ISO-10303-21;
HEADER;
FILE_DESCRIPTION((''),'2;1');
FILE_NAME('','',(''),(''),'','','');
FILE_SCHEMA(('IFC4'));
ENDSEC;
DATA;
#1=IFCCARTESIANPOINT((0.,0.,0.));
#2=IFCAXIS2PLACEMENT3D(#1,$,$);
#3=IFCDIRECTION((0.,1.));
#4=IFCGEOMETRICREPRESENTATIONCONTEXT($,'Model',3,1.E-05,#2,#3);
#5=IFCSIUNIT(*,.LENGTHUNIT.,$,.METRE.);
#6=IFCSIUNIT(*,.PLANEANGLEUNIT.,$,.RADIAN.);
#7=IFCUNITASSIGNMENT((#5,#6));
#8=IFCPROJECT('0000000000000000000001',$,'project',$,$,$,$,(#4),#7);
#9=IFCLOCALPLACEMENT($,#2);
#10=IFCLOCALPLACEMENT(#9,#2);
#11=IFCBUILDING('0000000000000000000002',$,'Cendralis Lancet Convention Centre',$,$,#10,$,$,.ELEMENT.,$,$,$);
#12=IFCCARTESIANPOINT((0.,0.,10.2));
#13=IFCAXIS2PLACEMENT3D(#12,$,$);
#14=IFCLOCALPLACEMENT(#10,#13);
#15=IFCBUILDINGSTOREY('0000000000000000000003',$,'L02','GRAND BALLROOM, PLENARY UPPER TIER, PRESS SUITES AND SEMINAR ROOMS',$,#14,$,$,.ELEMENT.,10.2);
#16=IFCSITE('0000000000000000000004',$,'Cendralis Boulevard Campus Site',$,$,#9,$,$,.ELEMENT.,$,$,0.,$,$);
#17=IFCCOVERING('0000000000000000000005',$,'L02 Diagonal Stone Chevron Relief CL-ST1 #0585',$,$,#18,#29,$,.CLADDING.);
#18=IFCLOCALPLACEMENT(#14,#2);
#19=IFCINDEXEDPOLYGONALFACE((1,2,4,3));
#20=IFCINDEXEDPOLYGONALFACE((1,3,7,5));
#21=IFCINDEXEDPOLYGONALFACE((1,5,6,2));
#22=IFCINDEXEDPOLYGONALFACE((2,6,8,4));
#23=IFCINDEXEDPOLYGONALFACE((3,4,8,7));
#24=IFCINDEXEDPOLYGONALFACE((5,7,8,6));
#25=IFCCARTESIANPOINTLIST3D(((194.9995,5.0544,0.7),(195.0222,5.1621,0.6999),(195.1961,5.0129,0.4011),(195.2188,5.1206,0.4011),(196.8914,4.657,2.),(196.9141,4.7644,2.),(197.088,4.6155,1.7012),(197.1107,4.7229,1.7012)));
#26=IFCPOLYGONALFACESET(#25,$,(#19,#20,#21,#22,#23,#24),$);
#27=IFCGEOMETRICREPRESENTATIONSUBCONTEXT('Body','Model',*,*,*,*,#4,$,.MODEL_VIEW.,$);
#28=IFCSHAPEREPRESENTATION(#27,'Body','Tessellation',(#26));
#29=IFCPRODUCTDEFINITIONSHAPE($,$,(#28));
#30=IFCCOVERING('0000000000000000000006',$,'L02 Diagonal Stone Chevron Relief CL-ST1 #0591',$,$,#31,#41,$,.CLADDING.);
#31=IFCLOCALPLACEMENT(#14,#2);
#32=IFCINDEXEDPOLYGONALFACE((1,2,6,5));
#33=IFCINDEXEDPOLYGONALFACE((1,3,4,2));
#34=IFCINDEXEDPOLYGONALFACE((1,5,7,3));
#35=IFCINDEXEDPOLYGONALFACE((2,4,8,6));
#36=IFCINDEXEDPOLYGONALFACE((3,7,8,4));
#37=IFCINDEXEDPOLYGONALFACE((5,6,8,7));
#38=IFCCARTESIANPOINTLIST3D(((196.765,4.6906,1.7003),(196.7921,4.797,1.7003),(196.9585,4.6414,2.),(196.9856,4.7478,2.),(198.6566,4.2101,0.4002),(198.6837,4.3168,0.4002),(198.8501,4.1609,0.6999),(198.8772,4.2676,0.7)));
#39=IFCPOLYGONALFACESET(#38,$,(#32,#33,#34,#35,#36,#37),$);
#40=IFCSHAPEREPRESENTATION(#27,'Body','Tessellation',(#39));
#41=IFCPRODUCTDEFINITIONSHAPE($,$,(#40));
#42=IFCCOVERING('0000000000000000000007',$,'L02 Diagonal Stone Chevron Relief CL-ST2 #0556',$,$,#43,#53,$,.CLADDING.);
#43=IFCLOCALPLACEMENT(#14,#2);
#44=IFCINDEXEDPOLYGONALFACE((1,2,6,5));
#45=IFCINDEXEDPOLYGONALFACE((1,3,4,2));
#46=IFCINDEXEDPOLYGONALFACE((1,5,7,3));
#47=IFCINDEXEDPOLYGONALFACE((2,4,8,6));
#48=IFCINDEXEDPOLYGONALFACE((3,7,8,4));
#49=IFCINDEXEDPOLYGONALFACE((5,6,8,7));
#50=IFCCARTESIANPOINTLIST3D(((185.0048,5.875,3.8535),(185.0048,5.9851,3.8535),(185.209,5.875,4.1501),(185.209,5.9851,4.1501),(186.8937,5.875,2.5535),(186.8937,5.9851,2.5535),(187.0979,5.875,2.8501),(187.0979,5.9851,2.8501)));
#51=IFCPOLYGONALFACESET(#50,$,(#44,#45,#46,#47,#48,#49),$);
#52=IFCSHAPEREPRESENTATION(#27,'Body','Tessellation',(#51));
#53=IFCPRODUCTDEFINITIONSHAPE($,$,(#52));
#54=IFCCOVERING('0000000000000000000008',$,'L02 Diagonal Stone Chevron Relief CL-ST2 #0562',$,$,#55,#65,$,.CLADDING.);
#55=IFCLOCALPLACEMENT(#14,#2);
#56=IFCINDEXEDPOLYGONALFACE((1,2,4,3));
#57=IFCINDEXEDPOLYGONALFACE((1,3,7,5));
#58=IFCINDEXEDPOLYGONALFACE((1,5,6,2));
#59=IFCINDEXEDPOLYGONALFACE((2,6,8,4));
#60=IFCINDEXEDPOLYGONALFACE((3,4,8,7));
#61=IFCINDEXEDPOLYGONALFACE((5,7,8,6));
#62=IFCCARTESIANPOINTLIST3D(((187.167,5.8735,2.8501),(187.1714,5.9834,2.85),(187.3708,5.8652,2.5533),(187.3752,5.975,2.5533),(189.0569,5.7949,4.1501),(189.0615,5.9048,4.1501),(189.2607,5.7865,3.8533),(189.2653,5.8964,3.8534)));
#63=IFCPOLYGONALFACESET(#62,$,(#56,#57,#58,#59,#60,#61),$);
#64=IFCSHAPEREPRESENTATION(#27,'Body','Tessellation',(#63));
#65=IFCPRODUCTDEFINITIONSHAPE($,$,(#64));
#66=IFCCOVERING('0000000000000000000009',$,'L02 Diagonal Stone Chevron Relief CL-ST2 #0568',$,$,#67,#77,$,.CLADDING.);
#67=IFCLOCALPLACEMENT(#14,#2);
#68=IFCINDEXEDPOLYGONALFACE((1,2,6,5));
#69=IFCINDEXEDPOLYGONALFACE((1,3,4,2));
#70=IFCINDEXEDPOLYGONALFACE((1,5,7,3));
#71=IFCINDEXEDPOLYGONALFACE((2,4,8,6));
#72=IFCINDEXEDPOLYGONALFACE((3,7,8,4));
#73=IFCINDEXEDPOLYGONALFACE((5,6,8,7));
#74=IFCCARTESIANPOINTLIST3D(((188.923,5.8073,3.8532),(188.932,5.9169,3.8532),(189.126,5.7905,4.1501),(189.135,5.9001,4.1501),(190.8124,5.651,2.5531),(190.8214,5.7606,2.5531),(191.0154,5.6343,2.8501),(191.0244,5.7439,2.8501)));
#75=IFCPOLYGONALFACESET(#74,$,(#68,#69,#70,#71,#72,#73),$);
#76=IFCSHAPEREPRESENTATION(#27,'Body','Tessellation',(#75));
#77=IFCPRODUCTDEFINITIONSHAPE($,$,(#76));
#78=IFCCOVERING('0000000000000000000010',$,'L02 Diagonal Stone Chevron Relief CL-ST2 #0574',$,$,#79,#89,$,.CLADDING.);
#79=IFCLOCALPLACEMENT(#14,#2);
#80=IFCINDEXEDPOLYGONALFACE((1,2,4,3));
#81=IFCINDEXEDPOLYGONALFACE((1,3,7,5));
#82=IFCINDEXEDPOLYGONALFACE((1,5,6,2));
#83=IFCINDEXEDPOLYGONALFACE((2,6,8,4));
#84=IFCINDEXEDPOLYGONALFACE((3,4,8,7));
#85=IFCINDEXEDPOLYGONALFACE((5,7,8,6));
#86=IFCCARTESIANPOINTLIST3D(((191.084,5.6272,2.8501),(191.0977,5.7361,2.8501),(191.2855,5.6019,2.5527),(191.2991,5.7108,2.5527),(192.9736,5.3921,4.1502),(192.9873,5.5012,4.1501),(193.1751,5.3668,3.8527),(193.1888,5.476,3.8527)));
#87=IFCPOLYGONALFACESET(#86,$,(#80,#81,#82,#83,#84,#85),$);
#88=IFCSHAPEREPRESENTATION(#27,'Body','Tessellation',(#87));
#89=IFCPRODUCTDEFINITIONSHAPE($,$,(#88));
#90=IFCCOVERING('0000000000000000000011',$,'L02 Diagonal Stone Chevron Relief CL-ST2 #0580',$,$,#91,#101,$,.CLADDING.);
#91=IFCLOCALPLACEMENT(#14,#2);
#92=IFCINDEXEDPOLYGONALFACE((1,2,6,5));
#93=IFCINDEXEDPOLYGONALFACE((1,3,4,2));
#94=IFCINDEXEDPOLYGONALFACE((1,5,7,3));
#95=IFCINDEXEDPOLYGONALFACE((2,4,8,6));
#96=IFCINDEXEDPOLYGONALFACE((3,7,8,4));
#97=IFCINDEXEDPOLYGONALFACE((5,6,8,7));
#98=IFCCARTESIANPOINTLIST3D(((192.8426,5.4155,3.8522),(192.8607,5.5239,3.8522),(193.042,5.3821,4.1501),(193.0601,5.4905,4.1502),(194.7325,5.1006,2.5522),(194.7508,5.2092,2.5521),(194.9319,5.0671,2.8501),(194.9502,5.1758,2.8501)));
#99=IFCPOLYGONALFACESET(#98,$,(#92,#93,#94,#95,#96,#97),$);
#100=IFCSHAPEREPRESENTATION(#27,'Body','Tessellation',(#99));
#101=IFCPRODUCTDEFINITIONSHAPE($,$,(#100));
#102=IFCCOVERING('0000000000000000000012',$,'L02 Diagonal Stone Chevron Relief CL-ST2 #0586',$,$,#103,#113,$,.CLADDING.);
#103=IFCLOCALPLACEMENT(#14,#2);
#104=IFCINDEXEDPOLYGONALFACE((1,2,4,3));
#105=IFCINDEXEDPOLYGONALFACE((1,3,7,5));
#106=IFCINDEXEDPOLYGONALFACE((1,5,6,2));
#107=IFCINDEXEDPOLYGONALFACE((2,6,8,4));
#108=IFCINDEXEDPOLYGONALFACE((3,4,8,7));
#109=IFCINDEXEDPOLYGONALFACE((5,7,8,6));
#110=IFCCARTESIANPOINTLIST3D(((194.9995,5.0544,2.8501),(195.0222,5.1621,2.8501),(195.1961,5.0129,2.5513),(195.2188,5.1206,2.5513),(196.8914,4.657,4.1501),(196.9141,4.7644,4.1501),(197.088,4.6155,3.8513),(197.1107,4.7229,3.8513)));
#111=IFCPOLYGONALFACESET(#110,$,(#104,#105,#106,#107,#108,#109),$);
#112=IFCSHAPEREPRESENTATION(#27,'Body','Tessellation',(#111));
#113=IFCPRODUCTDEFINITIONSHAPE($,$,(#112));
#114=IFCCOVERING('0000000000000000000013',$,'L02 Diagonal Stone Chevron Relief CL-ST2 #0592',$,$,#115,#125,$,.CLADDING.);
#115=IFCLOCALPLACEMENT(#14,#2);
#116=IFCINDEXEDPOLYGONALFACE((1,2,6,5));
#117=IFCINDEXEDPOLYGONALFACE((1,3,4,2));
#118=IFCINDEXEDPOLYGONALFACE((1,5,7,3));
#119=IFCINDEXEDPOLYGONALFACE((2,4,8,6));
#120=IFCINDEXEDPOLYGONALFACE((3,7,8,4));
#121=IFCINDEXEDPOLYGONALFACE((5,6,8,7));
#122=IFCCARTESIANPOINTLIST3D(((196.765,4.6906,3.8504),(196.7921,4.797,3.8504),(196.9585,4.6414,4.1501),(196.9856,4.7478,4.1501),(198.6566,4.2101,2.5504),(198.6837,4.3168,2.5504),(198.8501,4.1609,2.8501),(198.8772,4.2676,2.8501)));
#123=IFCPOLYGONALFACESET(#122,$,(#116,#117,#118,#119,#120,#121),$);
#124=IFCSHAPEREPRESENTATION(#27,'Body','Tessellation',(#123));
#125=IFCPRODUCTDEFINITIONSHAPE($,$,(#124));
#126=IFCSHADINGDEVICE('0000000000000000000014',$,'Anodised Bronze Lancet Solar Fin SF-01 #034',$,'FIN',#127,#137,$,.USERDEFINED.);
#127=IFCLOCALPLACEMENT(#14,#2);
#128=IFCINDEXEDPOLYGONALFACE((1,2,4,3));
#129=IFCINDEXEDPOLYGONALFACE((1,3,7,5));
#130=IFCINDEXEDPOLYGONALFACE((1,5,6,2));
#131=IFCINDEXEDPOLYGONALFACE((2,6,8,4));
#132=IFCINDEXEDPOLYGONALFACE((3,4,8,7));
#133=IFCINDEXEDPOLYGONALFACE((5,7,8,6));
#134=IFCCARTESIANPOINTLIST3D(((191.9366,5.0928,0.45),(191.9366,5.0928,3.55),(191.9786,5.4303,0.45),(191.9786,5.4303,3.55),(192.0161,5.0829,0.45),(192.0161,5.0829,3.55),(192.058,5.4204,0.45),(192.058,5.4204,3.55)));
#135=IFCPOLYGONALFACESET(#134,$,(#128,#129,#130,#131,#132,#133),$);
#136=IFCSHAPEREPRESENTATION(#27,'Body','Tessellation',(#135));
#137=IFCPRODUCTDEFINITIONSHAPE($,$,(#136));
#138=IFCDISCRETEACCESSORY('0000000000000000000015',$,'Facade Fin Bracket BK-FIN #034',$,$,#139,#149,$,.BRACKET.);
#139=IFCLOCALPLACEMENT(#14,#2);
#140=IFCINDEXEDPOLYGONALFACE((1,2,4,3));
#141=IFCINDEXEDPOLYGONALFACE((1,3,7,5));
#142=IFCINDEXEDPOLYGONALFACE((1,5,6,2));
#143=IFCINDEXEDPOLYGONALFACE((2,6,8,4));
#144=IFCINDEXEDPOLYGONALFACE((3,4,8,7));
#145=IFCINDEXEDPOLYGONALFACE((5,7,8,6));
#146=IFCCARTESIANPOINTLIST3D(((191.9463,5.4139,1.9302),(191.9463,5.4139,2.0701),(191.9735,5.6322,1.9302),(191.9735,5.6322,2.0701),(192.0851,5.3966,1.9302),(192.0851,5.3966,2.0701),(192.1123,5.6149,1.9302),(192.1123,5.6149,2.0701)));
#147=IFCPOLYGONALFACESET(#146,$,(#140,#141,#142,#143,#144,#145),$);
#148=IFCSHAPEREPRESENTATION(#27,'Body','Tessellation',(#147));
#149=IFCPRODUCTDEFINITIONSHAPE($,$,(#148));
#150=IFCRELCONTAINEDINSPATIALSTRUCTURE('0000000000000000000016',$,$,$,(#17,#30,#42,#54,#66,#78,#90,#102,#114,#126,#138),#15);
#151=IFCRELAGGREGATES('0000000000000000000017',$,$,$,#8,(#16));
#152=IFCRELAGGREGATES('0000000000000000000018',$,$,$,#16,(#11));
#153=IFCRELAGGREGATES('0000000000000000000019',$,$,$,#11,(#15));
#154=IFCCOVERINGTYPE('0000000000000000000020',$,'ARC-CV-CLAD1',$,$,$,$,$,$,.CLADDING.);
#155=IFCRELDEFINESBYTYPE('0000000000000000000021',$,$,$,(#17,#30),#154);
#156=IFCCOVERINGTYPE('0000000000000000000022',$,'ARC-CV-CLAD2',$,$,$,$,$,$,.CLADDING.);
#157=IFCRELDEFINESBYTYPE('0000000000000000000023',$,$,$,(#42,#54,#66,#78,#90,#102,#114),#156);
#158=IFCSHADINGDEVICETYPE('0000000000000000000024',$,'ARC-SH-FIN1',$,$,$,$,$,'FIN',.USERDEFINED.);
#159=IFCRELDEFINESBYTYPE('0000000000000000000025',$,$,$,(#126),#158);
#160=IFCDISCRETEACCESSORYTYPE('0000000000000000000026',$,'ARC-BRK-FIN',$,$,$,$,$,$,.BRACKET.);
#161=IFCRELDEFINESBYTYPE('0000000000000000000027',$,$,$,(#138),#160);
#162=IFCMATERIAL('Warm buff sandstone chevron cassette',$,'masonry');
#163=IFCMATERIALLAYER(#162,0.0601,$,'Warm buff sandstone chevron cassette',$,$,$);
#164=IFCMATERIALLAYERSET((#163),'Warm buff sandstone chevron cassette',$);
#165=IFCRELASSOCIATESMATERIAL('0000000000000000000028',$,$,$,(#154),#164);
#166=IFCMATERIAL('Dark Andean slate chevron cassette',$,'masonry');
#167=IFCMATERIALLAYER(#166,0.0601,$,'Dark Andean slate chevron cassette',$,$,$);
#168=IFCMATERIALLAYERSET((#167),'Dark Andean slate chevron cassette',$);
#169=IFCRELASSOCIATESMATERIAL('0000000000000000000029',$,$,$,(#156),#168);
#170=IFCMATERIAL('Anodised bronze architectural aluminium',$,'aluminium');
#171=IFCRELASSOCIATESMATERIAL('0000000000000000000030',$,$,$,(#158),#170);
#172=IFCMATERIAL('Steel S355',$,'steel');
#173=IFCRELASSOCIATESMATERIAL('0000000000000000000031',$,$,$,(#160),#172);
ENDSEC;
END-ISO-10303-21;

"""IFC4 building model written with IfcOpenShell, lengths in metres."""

from ifc_helpers import new_model, si_unit, direction, frame, origin, origin_2d, place, context, subcontext, project, spatial, polyline, rectangle, outline, extrude, material, layer, layer_set, type_object, element, save


model = new_model("IFC4")

# Units and contexts
model_context = context("Model", 3, precision=1e-05, world=origin(), true_north=direction((0.0, 1.0)))
body_context = subcontext(model_context, "Body", "Model", "MODEL_VIEW")
ifc_project = project(units=[si_unit("LENGTHUNIT", "METRE"), si_unit("PLANEANGLEUNIT", "RADIAN")], contexts=[model_context])

# Site, building, storey
site_placement = place(None, origin())
site = spatial("IfcSite", under=ifc_project, at=site_placement, Name="Cendralis Boulevard Campus Site", CompositionType="ELEMENT", RefElevation=0.0)
building_placement = place(site_placement, origin())
building = spatial("IfcBuilding", under=site, at=building_placement, Name="Cendralis Lancet Convention Centre", CompositionType="ELEMENT")
storey_placement = place(building_placement, frame((0.0, 0.0, 10.2)))
storey = spatial("IfcBuildingStorey", under=building, at=storey_placement, Name="L02", Description="GRAND BALLROOM, PLENARY UPPER TIER, PRESS SUITES AND SEMINAR ROOMS", CompositionType="ELEMENT", Elevation=10.2)

# Shared definitions
ifc_material_1 = material(Name="Warm buff sandstone chevron cassette", Category="masonry")
ifc_material_2 = material(Name="Dark Andean slate chevron cassette", Category="masonry")

# Coverings
ifc_layer_1 = layer(ifc_material_1, 0.0601, Name="Warm buff sandstone chevron cassette")
ifc_layer_set_1 = layer_set([ifc_layer_1], Name="Warm buff sandstone chevron cassette")
covering_type_1 = type_object("IfcCoveringType", Name="ARC-CV-CLAD1", PredefinedType="CLADDING", material=ifc_layer_set_1)
covering_1_placement = place(storey_placement, frame((194.9995, 5.0544, 0.7), z_axis=(-0.546008, 0.115275, 0.829811), x_axis=(0.812083, -0.170612, 0.558044)))
element("IfcCovering", 1, at=covering_1_placement, inside=storey, type_object=covering_type_1, Name="L02 Diagonal Stone Chevron Relief CL-ST1 #0585", PredefinedType="CLADDING", context=body_context, shape_type="SweptSolid", body=[
    extrude(outline(polyline([(0.0, 0.0), (2.3296, 0.0), (2.3297, 0.1098), (0.0001, 0.11), (0.0, 0.0)])), origin(), (0.0, 0.0, -1.0), 0.3601),
])
covering_2_placement = place(storey_placement, frame((196.9585, 4.6414, 2.0), z_axis=(0.537292, -0.136631, 0.832255), x_axis=(0.806641, -0.204888, -0.554392)))
element("IfcCovering", 2, at=covering_2_placement, inside=storey, type_object=covering_type_1, Name="L02 Diagonal Stone Chevron Relief CL-ST1 #0591", PredefinedType="CLADDING", context=body_context, shape_type="SweptSolid", body=[
    extrude(outline(polyline([(0.0, 0.0), (2.345, 0.0), (2.345, 0.1101), (0.0001, 0.1098), (0.0, 0.0)])), origin(), (0.0, 0.0, -1.0), 0.3601),
])
ifc_layer_2 = layer(ifc_material_2, 0.0601, Name="Dark Andean slate chevron cassette")
ifc_layer_set_2 = layer_set([ifc_layer_2], Name="Dark Andean slate chevron cassette")
covering_type_2 = type_object("IfcCoveringType", Name="ARC-CV-CLAD2", PredefinedType="CLADDING", material=ifc_layer_set_2)
covering_3_placement = place(storey_placement, frame((185.209, 5.875, 4.1501), z_axis=(0.566949, 0.0, 0.823753), x_axis=(0.823753, 0.0, -0.566949)))
element("IfcCovering", 3, at=covering_3_placement, inside=storey, type_object=covering_type_2, Name="L02 Diagonal Stone Chevron Relief CL-ST2 #0556", PredefinedType="CLADDING", context=body_context, shape_type="SweptSolid", body=[
    extrude(outline(polyline([(0.0, 0.0), (2.2931, 0.0), (2.2931, 0.1101), (0.0, 0.1101), (0.0, 0.0)])), origin(), (0.0, 0.0, -1.0), 0.3601),
])
covering_4_placement = place(storey_placement, frame((187.167, 5.8735, 2.8501), z_axis=(-0.565915, 0.023265, 0.824135), x_axis=(0.823423, -0.034252, 0.566393)))
element("IfcCovering", 4, at=covering_4_placement, inside=storey, type_object=covering_type_2, Name="L02 Diagonal Stone Chevron Relief CL-ST2 #0562", PredefinedType="CLADDING", context=body_context, shape_type="SweptSolid", body=[
    extrude(outline(polyline([(0.0, 0.0), (2.2952, 0.0), (2.2953, 0.11), (-0.0001, 0.11), (0.0, 0.0)])), origin(), (0.0, 0.0, -1.0), 0.3601),
])
covering_5_placement = place(storey_placement, frame((189.126, 5.7905, 4.1501), z_axis=(0.563628, -0.046446, 0.824722), x_axis=(0.821916, -0.067971, -0.565539)))
element("IfcCovering", 5, at=covering_5_placement, inside=storey, type_object=covering_type_2, Name="L02 Diagonal Stone Chevron Relief CL-ST2 #0568", PredefinedType="CLADDING", context=body_context, shape_type="SweptSolid", body=[
    extrude(outline(polyline([(0.0, 0.0), (2.2988, 0.0), (2.2988, 0.11), (0.0, 0.11), (0.0, 0.0)])), origin(), (0.0, 0.0, -1.0), 0.3601),
])
covering_6_placement = place(storey_placement, frame((191.084, 5.6272, 2.8501), z_axis=(-0.559466, 0.070168, 0.825878), x_axis=(0.819559, -0.101968, 0.563849)))
element("IfcCovering", 6, at=covering_6_placement, inside=storey, type_object=covering_type_2, Name="L02 Diagonal Stone Chevron Relief CL-ST2 #0574", PredefinedType="CLADDING", context=body_context, shape_type="SweptSolid", body=[
    extrude(outline(polyline([(0.0, 0.0), (2.3057, 0.0), (2.3058, 0.11), (0.0001, 0.1097), (0.0, 0.0)])), origin(), (0.0, 0.0, -1.0), 0.3601),
])
covering_7_placement = place(storey_placement, frame((193.042, 5.3821, 4.1501), z_axis=(0.553739, -0.092809, 0.827502), x_axis=(0.816246, -0.136023, -0.561463)))
element("IfcCovering", 7, at=covering_7_placement, inside=storey, type_object=covering_type_2, Name="L02 Diagonal Stone Chevron Relief CL-ST2 #0580", PredefinedType="CLADDING", context=body_context, shape_type="SweptSolid", body=[
    extrude(outline(polyline([(0.0, 0.0), (2.3154, 0.0), (2.3156, 0.1102), (0.0, 0.1099), (0.0, 0.0)])), origin(), (0.0, 0.0, -1.0), 0.3601),
])
covering_8_placement = place(storey_placement, frame((194.9995, 5.0544, 2.8501), z_axis=(-0.546008, 0.115275, 0.829811), x_axis=(0.812083, -0.170612, 0.558044)))
element("IfcCovering", 8, at=covering_8_placement, inside=storey, type_object=covering_type_2, Name="L02 Diagonal Stone Chevron Relief CL-ST2 #0586", PredefinedType="CLADDING", context=body_context, shape_type="SweptSolid", body=[
    extrude(outline(polyline([(0.0, 0.0), (2.3296, 0.0), (2.3297, 0.1098), (0.0001, 0.11), (0.0, 0.0)])), origin(), (0.0, 0.0, -1.0), 0.3601),
])
covering_9_placement = place(storey_placement, frame((196.9585, 4.6414, 4.1501), z_axis=(0.537292, -0.136631, 0.832255), x_axis=(0.806641, -0.204888, -0.554392)))
element("IfcCovering", 9, at=covering_9_placement, inside=storey, type_object=covering_type_2, Name="L02 Diagonal Stone Chevron Relief CL-ST2 #0592", PredefinedType="CLADDING", context=body_context, shape_type="SweptSolid", body=[
    extrude(outline(polyline([(0.0, 0.0), (2.345, 0.0), (2.345, 0.1101), (0.0001, 0.1098), (0.0, 0.0)])), origin(), (0.0, 0.0, -1.0), 0.3601),
])

# Shading device
ifc_material_3 = material(Name="Anodised bronze architectural aluminium", Category="aluminium")
shading_device_type = type_object("IfcShadingDeviceType", Name="ARC-SH-FIN1", ElementType="FIN", PredefinedType="USERDEFINED", material=ifc_material_3)
shading_device_placement = place(storey_placement, frame((191.9973, 5.2566, 0.45), z_axis=(0.0, 0.0, 1.0), x_axis=(0.992347, -0.12348, 0.0)))
element("IfcShadingDevice", 10, at=shading_device_placement, inside=storey, type_object=shading_device_type, Name="Anodised Bronze Lancet Solar Fin SF-01 #034", ObjectType="FIN", PredefinedType="USERDEFINED", context=body_context, shape_type="SweptSolid", body=[
    extrude(rectangle(XDim=0.0801, YDim=0.3401, at=origin_2d()), origin(), (0.0, 0.0, 1.0), 3.1001),
])

# Discrete accessory
ifc_material_4 = material(Name="Steel S355", Category="steel")
discrete_accessory_type = type_object("IfcDiscreteAccessoryType", Name="ARC-BRK-FIN", PredefinedType="BRACKET", material=ifc_material_4)
discrete_accessory_placement = place(storey_placement, frame((192.0293, 5.5144, 1.9302), z_axis=(0.0, 0.0, 1.0), x_axis=(0.992347, -0.12348, 0.0)))
element("IfcDiscreteAccessory", 11, at=discrete_accessory_placement, inside=storey, type_object=discrete_accessory_type, Name="Facade Fin Bracket BK-FIN #034", PredefinedType="BRACKET", context=body_context, shape_type="SweptSolid", body=[
    extrude(rectangle(XDim=0.1399, YDim=0.22, at=origin_2d()), origin(), (0.0, 0.0, 1.0), 0.1399),
])

save(model, "model.ifc")
